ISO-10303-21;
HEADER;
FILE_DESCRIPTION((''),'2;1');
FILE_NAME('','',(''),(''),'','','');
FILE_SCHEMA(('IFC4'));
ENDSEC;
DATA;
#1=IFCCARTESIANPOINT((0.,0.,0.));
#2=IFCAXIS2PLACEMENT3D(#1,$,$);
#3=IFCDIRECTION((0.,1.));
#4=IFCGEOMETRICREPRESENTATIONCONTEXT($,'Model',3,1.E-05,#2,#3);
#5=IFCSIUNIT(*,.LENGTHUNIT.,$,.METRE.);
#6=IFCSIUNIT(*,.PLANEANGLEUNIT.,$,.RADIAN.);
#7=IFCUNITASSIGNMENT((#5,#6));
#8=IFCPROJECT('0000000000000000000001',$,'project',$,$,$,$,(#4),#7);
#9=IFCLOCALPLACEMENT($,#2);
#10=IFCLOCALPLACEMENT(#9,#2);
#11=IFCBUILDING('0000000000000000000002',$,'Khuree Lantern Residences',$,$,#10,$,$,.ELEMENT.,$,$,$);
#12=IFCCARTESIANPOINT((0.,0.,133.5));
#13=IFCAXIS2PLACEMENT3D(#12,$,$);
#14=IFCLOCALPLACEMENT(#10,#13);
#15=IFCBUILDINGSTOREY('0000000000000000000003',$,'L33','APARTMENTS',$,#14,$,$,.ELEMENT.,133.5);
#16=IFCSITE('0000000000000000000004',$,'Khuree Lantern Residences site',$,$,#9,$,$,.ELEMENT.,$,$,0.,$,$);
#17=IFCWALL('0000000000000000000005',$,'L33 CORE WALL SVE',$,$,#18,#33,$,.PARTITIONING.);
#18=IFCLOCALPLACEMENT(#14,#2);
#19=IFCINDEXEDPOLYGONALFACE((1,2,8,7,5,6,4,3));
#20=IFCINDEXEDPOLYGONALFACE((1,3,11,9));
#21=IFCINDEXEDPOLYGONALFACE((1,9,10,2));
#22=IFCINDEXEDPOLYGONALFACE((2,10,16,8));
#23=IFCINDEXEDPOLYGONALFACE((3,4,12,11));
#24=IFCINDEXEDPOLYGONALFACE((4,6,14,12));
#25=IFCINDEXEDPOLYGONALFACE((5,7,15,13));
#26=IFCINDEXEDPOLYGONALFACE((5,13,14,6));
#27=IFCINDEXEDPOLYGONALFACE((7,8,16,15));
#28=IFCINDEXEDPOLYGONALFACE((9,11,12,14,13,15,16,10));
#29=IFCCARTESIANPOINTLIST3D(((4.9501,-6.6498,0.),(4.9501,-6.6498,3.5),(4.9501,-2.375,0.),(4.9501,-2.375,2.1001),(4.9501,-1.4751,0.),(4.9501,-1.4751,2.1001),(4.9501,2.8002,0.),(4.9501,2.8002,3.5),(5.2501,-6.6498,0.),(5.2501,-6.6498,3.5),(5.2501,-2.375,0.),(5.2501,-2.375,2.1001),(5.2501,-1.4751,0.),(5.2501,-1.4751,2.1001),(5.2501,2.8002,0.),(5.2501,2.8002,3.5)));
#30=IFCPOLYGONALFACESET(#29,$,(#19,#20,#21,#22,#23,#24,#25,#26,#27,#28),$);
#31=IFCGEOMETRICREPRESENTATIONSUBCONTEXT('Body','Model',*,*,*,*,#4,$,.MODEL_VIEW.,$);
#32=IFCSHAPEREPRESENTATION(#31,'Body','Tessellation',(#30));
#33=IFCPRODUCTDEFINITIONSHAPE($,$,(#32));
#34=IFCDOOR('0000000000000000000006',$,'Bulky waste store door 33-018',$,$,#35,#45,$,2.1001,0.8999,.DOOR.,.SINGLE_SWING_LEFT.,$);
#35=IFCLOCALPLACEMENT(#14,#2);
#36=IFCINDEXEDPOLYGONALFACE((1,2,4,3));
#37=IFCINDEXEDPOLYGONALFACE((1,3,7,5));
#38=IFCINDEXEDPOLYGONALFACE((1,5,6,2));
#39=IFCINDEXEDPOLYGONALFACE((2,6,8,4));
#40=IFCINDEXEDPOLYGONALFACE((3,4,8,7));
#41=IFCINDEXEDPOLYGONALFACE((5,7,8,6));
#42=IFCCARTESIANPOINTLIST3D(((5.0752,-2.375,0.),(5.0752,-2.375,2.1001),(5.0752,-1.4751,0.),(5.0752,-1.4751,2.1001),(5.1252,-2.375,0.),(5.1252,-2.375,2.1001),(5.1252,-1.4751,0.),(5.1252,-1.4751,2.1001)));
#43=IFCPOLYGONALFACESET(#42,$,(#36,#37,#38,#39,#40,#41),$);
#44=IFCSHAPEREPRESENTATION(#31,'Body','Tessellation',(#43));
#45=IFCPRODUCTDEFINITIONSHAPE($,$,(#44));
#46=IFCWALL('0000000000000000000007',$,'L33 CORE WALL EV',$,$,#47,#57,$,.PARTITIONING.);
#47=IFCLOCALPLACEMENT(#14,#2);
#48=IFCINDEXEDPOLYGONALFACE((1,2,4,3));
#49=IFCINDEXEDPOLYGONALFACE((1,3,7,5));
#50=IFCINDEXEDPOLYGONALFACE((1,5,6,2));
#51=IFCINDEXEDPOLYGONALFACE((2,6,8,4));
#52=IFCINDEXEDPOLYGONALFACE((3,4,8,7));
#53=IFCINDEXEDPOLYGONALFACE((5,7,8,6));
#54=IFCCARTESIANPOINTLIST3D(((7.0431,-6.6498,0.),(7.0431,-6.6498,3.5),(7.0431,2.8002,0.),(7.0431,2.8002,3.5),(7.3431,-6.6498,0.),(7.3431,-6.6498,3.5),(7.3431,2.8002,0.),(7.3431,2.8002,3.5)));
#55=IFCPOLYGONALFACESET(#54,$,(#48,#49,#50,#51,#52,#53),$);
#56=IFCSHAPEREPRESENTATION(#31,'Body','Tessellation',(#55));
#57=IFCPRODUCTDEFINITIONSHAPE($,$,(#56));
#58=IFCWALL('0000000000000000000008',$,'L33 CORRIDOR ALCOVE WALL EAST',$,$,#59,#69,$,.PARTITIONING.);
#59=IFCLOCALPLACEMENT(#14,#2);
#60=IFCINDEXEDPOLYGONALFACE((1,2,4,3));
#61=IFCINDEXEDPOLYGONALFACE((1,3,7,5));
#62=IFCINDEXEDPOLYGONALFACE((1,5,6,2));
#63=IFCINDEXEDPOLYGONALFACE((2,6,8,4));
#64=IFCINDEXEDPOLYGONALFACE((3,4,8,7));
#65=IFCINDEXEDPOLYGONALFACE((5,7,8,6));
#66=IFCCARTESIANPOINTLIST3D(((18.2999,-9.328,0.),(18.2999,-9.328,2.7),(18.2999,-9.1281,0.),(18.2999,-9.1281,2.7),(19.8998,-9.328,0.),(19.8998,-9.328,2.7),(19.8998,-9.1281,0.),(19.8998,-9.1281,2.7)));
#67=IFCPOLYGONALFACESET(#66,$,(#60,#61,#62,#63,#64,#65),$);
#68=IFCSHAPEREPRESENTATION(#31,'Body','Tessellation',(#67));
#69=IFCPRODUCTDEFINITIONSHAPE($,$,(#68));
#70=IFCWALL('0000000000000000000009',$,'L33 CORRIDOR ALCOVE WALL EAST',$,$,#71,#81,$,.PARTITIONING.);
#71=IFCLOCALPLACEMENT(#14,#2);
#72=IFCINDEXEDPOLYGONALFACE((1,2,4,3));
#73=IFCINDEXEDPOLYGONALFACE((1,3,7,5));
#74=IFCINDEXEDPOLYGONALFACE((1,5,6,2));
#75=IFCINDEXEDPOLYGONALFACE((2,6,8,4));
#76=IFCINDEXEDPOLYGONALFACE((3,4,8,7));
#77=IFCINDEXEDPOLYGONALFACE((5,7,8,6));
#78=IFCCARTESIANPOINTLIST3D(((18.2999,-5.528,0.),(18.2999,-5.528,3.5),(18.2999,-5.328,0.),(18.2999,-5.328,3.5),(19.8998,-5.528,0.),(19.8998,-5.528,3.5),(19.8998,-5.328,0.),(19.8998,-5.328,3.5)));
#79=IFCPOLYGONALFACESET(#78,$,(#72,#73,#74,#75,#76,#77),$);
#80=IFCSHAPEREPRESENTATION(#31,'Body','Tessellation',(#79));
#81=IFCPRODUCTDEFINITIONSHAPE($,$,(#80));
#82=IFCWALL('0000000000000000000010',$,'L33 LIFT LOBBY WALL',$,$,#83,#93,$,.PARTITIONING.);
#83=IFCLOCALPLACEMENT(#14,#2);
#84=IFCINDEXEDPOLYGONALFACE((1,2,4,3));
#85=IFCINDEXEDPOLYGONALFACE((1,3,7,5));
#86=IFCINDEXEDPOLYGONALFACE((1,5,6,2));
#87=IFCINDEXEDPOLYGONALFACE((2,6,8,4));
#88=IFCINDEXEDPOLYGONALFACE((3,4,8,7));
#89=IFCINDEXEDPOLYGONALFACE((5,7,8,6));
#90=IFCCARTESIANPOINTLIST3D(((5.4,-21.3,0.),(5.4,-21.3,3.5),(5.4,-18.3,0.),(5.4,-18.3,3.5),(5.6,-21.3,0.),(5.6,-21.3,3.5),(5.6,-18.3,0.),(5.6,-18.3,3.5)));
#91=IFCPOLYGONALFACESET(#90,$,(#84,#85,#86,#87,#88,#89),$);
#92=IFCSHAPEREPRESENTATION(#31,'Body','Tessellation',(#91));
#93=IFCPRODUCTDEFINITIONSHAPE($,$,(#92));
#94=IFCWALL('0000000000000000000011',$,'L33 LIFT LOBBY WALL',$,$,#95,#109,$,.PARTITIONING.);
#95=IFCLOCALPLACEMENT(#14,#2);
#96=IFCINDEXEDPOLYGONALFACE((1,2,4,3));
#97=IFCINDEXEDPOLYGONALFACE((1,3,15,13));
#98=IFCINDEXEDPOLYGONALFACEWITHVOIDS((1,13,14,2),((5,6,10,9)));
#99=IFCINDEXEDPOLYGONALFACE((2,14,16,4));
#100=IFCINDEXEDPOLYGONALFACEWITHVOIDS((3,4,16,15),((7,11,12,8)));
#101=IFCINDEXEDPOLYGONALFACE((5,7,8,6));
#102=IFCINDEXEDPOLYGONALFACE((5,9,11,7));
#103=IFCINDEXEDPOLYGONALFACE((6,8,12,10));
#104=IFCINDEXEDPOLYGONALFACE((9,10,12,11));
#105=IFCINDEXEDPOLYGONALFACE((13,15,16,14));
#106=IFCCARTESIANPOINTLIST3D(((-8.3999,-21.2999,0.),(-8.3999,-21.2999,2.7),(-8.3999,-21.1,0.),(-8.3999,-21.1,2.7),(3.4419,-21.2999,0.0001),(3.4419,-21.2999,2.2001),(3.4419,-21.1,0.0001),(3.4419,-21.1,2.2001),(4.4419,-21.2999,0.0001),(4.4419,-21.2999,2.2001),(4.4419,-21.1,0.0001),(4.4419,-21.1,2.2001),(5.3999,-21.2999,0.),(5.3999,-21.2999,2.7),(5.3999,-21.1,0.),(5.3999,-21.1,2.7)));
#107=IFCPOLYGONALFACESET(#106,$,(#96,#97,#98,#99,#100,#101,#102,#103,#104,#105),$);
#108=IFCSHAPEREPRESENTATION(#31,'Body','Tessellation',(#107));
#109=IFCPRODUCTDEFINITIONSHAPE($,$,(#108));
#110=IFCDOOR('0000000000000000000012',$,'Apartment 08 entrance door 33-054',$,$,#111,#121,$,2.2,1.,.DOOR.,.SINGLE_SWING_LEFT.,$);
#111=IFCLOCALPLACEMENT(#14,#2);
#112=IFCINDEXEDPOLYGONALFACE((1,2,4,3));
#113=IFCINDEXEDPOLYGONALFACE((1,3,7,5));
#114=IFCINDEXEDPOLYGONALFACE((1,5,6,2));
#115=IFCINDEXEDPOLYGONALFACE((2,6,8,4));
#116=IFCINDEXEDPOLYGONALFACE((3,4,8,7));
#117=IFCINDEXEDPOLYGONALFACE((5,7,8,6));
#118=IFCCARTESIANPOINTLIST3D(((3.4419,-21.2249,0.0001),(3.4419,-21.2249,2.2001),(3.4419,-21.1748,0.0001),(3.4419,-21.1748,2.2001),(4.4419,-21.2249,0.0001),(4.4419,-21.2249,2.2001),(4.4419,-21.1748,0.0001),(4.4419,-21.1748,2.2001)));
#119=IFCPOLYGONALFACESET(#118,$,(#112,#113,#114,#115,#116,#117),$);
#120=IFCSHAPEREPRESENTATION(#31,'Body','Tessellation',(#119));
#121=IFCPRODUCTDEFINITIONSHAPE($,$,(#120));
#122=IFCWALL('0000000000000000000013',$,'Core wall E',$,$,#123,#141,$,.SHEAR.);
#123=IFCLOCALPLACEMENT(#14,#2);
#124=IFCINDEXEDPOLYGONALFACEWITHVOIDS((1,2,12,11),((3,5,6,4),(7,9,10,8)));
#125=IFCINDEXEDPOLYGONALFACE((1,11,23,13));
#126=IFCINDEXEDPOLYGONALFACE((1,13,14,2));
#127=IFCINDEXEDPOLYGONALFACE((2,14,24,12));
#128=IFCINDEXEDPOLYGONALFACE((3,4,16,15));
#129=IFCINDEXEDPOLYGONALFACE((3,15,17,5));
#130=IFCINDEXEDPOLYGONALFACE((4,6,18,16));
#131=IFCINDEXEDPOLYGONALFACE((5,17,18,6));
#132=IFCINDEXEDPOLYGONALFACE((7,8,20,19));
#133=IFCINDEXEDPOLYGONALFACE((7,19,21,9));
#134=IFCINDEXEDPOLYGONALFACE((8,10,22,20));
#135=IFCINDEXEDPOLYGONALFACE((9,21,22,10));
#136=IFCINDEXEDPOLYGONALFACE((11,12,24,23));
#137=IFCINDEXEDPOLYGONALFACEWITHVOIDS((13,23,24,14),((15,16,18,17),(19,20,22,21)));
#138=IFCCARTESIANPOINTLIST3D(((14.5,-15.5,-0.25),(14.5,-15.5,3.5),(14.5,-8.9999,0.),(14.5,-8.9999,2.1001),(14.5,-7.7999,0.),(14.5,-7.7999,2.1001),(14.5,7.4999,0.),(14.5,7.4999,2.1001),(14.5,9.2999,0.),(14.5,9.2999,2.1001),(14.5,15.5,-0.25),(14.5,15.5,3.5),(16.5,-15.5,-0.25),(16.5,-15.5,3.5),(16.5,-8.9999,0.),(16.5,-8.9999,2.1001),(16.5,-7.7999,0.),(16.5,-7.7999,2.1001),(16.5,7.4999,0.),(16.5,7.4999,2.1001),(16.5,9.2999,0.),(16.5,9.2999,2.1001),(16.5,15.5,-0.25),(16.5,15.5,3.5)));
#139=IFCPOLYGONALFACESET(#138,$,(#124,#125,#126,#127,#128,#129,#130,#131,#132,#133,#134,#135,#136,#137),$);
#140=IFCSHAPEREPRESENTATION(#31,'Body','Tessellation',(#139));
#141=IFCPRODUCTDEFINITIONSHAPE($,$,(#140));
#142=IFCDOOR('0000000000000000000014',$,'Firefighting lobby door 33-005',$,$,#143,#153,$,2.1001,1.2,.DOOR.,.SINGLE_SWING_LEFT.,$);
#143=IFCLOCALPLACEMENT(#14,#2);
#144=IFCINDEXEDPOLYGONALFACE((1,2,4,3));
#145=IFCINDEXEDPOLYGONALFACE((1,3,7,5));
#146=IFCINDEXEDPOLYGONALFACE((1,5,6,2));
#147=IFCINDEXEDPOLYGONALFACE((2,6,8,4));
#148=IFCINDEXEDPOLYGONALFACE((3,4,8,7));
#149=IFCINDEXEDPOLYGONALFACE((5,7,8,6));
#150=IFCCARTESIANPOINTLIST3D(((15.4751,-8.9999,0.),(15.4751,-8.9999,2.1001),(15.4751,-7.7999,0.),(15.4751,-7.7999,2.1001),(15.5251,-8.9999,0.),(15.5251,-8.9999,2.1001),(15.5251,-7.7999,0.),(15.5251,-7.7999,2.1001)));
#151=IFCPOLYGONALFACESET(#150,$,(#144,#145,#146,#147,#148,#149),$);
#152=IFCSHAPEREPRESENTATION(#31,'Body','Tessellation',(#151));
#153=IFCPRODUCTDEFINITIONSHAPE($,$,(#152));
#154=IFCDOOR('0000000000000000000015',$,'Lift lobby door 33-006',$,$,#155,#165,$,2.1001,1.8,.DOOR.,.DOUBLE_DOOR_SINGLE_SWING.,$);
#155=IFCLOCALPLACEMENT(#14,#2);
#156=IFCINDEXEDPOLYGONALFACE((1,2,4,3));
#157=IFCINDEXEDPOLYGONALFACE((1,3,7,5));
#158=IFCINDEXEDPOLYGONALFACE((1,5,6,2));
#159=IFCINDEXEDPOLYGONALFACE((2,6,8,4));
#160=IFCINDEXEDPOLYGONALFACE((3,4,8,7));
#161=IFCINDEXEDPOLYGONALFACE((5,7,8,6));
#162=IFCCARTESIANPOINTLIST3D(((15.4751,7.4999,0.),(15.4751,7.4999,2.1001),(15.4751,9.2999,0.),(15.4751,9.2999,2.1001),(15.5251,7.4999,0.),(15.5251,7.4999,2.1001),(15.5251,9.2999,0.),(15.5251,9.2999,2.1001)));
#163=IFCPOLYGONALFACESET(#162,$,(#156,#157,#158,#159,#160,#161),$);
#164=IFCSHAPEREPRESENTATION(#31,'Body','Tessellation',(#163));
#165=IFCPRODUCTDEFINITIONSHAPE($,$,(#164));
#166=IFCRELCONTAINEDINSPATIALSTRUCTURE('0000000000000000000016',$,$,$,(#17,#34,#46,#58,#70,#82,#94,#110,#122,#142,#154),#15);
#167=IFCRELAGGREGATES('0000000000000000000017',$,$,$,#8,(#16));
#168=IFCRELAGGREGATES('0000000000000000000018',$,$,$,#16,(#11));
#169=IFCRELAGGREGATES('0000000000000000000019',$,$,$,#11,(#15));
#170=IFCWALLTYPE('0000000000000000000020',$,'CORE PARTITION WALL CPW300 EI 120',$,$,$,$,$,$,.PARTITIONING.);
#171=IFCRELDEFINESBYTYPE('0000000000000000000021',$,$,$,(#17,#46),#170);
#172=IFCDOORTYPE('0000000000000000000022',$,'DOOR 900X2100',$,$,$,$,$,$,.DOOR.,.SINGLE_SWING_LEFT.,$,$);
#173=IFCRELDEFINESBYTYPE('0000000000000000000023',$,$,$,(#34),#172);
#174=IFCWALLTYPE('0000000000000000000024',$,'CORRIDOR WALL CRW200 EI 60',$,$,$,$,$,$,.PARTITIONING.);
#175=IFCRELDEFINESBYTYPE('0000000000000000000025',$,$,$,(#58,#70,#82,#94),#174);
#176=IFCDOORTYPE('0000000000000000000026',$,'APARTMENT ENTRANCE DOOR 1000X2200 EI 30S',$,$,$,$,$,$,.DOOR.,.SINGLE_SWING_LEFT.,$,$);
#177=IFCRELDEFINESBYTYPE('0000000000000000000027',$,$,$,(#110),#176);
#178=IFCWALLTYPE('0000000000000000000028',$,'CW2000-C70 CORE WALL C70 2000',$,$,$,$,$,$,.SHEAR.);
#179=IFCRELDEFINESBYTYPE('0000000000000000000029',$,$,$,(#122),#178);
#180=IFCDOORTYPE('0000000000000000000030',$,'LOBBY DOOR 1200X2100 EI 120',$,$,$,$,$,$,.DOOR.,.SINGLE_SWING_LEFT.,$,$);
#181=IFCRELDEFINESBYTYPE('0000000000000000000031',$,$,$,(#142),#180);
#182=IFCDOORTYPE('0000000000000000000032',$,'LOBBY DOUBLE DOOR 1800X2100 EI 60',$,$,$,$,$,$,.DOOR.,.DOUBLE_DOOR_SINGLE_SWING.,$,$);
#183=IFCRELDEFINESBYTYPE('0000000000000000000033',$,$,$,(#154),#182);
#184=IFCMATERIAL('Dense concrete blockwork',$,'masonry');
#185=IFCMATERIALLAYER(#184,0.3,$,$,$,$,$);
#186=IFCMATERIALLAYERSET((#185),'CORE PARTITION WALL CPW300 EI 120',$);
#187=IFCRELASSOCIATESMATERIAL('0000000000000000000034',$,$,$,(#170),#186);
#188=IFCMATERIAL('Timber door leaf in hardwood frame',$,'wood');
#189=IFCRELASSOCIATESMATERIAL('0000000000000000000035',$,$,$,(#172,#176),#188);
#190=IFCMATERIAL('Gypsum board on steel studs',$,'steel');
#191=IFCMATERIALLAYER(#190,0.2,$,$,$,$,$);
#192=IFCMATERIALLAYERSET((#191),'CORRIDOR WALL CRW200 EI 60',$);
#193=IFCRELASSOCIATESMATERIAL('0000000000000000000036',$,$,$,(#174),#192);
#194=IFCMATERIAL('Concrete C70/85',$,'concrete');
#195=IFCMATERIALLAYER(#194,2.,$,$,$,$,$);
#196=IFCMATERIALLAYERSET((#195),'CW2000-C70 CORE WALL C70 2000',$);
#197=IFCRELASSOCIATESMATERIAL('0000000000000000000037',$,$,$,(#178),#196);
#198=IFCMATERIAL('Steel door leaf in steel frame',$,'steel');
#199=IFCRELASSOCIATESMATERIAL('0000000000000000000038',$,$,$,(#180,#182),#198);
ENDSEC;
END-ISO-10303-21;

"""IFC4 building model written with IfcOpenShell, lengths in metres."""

from ifc_helpers import new_model, si_unit, direction, frame, frame_2d, origin, place, context, subcontext, project, spatial, rectangle, extrude, material, layer, layer_set, type_object, element, fill, save


model = new_model("IFC4")

# Units and contexts
model_context = context("Model", 3, precision=1e-05, world=origin(), true_north=direction((0.0, 1.0)))
body_context = subcontext(model_context, "Body", "Model", "MODEL_VIEW")
ifc_project = project(units=[si_unit("LENGTHUNIT", "METRE"), si_unit("PLANEANGLEUNIT", "RADIAN")], contexts=[model_context])

# Site, building, storey
site_placement = place(None, origin())
site = spatial("IfcSite", under=ifc_project, at=site_placement, Name="Khuree Lantern Residences site", CompositionType="ELEMENT", RefElevation=0.0)
building_placement = place(site_placement, origin())
building = spatial("IfcBuilding", under=site, at=building_placement, Name="Khuree Lantern Residences", CompositionType="ELEMENT")
storey_placement = place(building_placement, frame((0.0, 0.0, 133.5)))
storey = spatial("IfcBuildingStorey", under=building, at=storey_placement, Name="L33", Description="APARTMENTS", CompositionType="ELEMENT", Elevation=133.5)

# Shared definitions
ifc_material_1 = material(Name="Concrete C70/85", Category="concrete")

# Shared definitions
ifc_material_2 = material(Name="Timber door leaf in hardwood frame", Category="wood")

# Shared definitions
ifc_material_3 = material(Name="Dense concrete blockwork", Category="masonry")
ifc_layer_1 = layer(ifc_material_3, 0.3)
ifc_layer_set_1 = layer_set([ifc_layer_1], Name="CORE PARTITION WALL CPW300 EI 120")
wall_type_1 = type_object("IfcWallType", Name="CORE PARTITION WALL CPW300 EI 120", PredefinedType="PARTITIONING", material=ifc_layer_set_1)

# Wall, opening, door
wall_1_placement = place(storey_placement, frame((5.1001, -6.6499, 0.0), z_axis=(0.0, 0.0, 1.0), x_axis=(0.0, 1.0, 0.0)))
wall_1 = element("IfcWall", 1, at=wall_1_placement, inside=storey, type_object=wall_type_1, Name="L33 CORE WALL SVE", PredefinedType="PARTITIONING", context=body_context, shape_type="SweptSolid", body=[
    extrude(rectangle(XDim=9.45, YDim=0.3, at=frame_2d((4.7251, 0.0))), origin(), (0.0, 0.0, 1.0), 3.5),
])
opening_1_placement = place(wall_1_placement, frame((4.2749, 0.0, 0.0)))
opening_1 = element("IfcOpeningElement", 2, at=opening_1_placement, cuts=wall_1, PredefinedType="OPENING", context=body_context, shape_type="SweptSolid", body=[
    extrude(rectangle(XDim=0.8999, YDim=2.1001, at=frame_2d((0.45, 1.05))), frame((0.0, 0.1602, 0.0), z_axis=(0.0, -1.0, 0.0), x_axis=(1.0, 0.0, 0.0)), (0.0, 0.0, 1.0), 0.3201),
])
door_type_1 = type_object("IfcDoorType", Name="DOOR 900X2100", OperationType="SINGLE_SWING_LEFT", PredefinedType="DOOR", material=ifc_material_2)
door_1_placement = place(opening_1_placement, origin())
door_1 = element("IfcDoor", 3, at=door_1_placement, inside=storey, type_object=door_type_1, Name="Bulky waste store door 33-018", OperationType="SINGLE_SWING_LEFT", OverallHeight=2.1001, OverallWidth=0.8999, PredefinedType="DOOR", context=body_context, shape_type="SweptSolid", body=[
    extrude(rectangle(XDim=0.8999, YDim=2.1001, at=frame_2d((0.45, 1.05))), frame((0.0, 0.0249, 0.0), z_axis=(0.0, -1.0, 0.0), x_axis=(1.0, 0.0, 0.0)), (0.0, 0.0, 1.0), 0.05),
])
fill(opening_1, door_1)

# Walls
wall_2_placement = place(storey_placement, frame((7.1931, -6.6499, 0.0), z_axis=(0.0, 0.0, 1.0), x_axis=(0.0, 1.0, 0.0)))
element("IfcWall", 4, at=wall_2_placement, inside=storey, type_object=wall_type_1, Name="L33 CORE WALL EV", PredefinedType="PARTITIONING", context=body_context, shape_type="SweptSolid", body=[
    extrude(rectangle(XDim=9.45, YDim=0.3, at=frame_2d((4.7251, 0.0))), origin(), (0.0, 0.0, 1.0), 3.5),
])
ifc_material_4 = material(Name="Gypsum board on steel studs", Category="steel")
ifc_layer_2 = layer(ifc_material_4, 0.2)
ifc_layer_set_2 = layer_set([ifc_layer_2], Name="CORRIDOR WALL CRW200 EI 60")
wall_type_2 = type_object("IfcWallType", Name="CORRIDOR WALL CRW200 EI 60", PredefinedType="PARTITIONING", material=ifc_layer_set_2)
wall_3_placement = place(storey_placement, frame((18.3, -9.228, 0.0), z_axis=(0.0, 0.0, 1.0), x_axis=(1.0, 0.0, 0.0)))
element("IfcWall", 5, at=wall_3_placement, inside=storey, type_object=wall_type_2, Name="L33 CORRIDOR ALCOVE WALL EAST", PredefinedType="PARTITIONING", context=body_context, shape_type="SweptSolid", body=[
    extrude(rectangle(XDim=1.5999, YDim=0.2, at=frame_2d((0.7998, 0.0))), origin(), (0.0, 0.0, 1.0), 2.7),
])
wall_4_placement = place(storey_placement, frame((18.3, -5.428, 0.0), z_axis=(0.0, 0.0, 1.0), x_axis=(1.0, 0.0, 0.0)))
element("IfcWall", 6, at=wall_4_placement, inside=storey, type_object=wall_type_2, Name="L33 CORRIDOR ALCOVE WALL EAST", PredefinedType="PARTITIONING", context=body_context, shape_type="SweptSolid", body=[
    extrude(rectangle(XDim=1.5999, YDim=0.2, at=frame_2d((0.7998, 0.0))), origin(), (0.0, 0.0, 1.0), 3.5),
])
wall_5_placement = place(storey_placement, frame((5.5, -18.3, 0.0), z_axis=(0.0, 0.0, 1.0), x_axis=(0.0, -1.0, 0.0)))
element("IfcWall", 7, at=wall_5_placement, inside=storey, type_object=wall_type_2, Name="L33 LIFT LOBBY WALL", PredefinedType="PARTITIONING", context=body_context, shape_type="SweptSolid", body=[
    extrude(rectangle(XDim=3.0, YDim=0.2, at=frame_2d((1.5, 0.0))), origin(), (0.0, 0.0, 1.0), 3.5),
])

# Wall, opening, door
wall_6_placement = place(storey_placement, frame((5.3999, -21.2, 0.0), z_axis=(0.0, 0.0, 1.0), x_axis=(-1.0, 0.0, 0.0)))
wall_6 = element("IfcWall", 8, at=wall_6_placement, inside=storey, type_object=wall_type_2, Name="L33 LIFT LOBBY WALL", PredefinedType="PARTITIONING", context=body_context, shape_type="SweptSolid", body=[
    extrude(rectangle(XDim=13.7998, YDim=0.2, at=frame_2d((6.8999, 0.0))), origin(), (0.0, 0.0, 1.0), 2.7),
])
opening_2_placement = place(wall_6_placement, frame((0.958, 0.0, 0.0)))
opening_2 = element("IfcOpeningElement", 9, at=opening_2_placement, cuts=wall_6, PredefinedType="OPENING", context=body_context, shape_type="SweptSolid", body=[
    extrude(rectangle(XDim=1.0, YDim=2.2, at=frame_2d((0.5, 1.1001))), frame((0.0, 0.1099, 0.0), z_axis=(0.0, -1.0, 0.0), x_axis=(1.0, 0.0, 0.0)), (0.0, 0.0, 1.0), 0.22),
])
door_type_2 = type_object("IfcDoorType", Name="APARTMENT ENTRANCE DOOR 1000X2200 EI 30S", OperationType="SINGLE_SWING_LEFT", PredefinedType="DOOR", material=ifc_material_2)
door_2_placement = place(opening_2_placement, origin())
door_2 = element("IfcDoor", 10, at=door_2_placement, inside=storey, type_object=door_type_2, Name="Apartment 08 entrance door 33-054", OperationType="SINGLE_SWING_LEFT", OverallHeight=2.2, OverallWidth=1.0, PredefinedType="DOOR", context=body_context, shape_type="SweptSolid", body=[
    extrude(rectangle(XDim=1.0, YDim=2.2, at=frame_2d((0.5, 1.1001))), frame((0.0, 0.0249, 0.0), z_axis=(0.0, -1.0, 0.0), x_axis=(1.0, 0.0, 0.0)), (0.0, 0.0, 1.0), 0.05),
])
fill(opening_2, door_2)

# Wall, openings, doors
ifc_layer_3 = layer(ifc_material_1, 2.0)
ifc_layer_set_3 = layer_set([ifc_layer_3], Name="CW2000-C70 CORE WALL C70 2000")
wall_type_3 = type_object("IfcWallType", Name="CW2000-C70 CORE WALL C70 2000", PredefinedType="SHEAR", material=ifc_layer_set_3)
wall_7_placement = place(storey_placement, frame((15.5, -15.5, -0.25), z_axis=(0.0, 0.0, 1.0), x_axis=(0.0, 1.0, 0.0)))
wall_7 = element("IfcWall", 11, at=wall_7_placement, inside=storey, type_object=wall_type_3, Name="Core wall E", PredefinedType="SHEAR", context=body_context, shape_type="SweptSolid", body=[
    extrude(rectangle(XDim=31.0, YDim=2.0, at=frame_2d((15.5, 0.0))), origin(), (0.0, 0.0, 1.0), 3.75),
])
opening_3_placement = place(wall_7_placement, frame((6.5, 0.0, 0.25)))
opening_3 = element("IfcOpeningElement", 12, at=opening_3_placement, cuts=wall_7, PredefinedType="OPENING", context=body_context, shape_type="SweptSolid", body=[
    extrude(rectangle(XDim=1.2, YDim=2.1001, at=frame_2d((0.6001, 1.05))), frame((0.0, 1.01, 0.0), z_axis=(0.0, -1.0, 0.0), x_axis=(1.0, 0.0, 0.0)), (0.0, 0.0, 1.0), 2.02),
])
opening_4_placement = place(wall_7_placement, frame((23.0, 0.0, 0.25)))
opening_4 = element("IfcOpeningElement", 13, at=opening_4_placement, cuts=wall_7, PredefinedType="OPENING", context=body_context, shape_type="SweptSolid", body=[
    extrude(rectangle(XDim=1.8, YDim=2.1001, at=frame_2d((0.8999, 1.05))), frame((0.0, 1.01, 0.0), z_axis=(0.0, -1.0, 0.0), x_axis=(1.0, 0.0, 0.0)), (0.0, 0.0, 1.0), 2.02),
])
ifc_material_5 = material(Name="Steel door leaf in steel frame", Category="steel")
door_type_3 = type_object("IfcDoorType", Name="LOBBY DOOR 1200X2100 EI 120", OperationType="SINGLE_SWING_LEFT", PredefinedType="DOOR", material=ifc_material_5)
door_3_placement = place(opening_3_placement, origin())
door_3 = element("IfcDoor", 14, at=door_3_placement, inside=storey, type_object=door_type_3, Name="Firefighting lobby door 33-005", OperationType="SINGLE_SWING_LEFT", OverallHeight=2.1001, OverallWidth=1.2, PredefinedType="DOOR", context=body_context, shape_type="SweptSolid", body=[
    extrude(rectangle(XDim=1.2, YDim=2.1001, at=frame_2d((0.6001, 1.05))), frame((0.0, 0.0249, 0.0), z_axis=(0.0, -1.0, 0.0), x_axis=(1.0, 0.0, 0.0)), (0.0, 0.0, 1.0), 0.05),
])
fill(opening_3, door_3)
door_type_4 = type_object("IfcDoorType", Name="LOBBY DOUBLE DOOR 1800X2100 EI 60", OperationType="DOUBLE_DOOR_SINGLE_SWING", PredefinedType="DOOR", material=ifc_material_5)
door_4_placement = place(opening_4_placement, origin())
door_4 = element("IfcDoor", 15, at=door_4_placement, inside=storey, type_object=door_type_4, Name="Lift lobby door 33-006", OperationType="DOUBLE_DOOR_SINGLE_SWING", OverallHeight=2.1001, OverallWidth=1.8, PredefinedType="DOOR", context=body_context, shape_type="SweptSolid", body=[
    extrude(rectangle(XDim=1.8, YDim=2.1001, at=frame_2d((0.8999, 1.05))), frame((0.0, 0.0249, 0.0), z_axis=(0.0, -1.0, 0.0), x_axis=(1.0, 0.0, 0.0)), (0.0, 0.0, 1.0), 0.05),
])
fill(opening_4, door_4)

save(model, "model.ifc")
